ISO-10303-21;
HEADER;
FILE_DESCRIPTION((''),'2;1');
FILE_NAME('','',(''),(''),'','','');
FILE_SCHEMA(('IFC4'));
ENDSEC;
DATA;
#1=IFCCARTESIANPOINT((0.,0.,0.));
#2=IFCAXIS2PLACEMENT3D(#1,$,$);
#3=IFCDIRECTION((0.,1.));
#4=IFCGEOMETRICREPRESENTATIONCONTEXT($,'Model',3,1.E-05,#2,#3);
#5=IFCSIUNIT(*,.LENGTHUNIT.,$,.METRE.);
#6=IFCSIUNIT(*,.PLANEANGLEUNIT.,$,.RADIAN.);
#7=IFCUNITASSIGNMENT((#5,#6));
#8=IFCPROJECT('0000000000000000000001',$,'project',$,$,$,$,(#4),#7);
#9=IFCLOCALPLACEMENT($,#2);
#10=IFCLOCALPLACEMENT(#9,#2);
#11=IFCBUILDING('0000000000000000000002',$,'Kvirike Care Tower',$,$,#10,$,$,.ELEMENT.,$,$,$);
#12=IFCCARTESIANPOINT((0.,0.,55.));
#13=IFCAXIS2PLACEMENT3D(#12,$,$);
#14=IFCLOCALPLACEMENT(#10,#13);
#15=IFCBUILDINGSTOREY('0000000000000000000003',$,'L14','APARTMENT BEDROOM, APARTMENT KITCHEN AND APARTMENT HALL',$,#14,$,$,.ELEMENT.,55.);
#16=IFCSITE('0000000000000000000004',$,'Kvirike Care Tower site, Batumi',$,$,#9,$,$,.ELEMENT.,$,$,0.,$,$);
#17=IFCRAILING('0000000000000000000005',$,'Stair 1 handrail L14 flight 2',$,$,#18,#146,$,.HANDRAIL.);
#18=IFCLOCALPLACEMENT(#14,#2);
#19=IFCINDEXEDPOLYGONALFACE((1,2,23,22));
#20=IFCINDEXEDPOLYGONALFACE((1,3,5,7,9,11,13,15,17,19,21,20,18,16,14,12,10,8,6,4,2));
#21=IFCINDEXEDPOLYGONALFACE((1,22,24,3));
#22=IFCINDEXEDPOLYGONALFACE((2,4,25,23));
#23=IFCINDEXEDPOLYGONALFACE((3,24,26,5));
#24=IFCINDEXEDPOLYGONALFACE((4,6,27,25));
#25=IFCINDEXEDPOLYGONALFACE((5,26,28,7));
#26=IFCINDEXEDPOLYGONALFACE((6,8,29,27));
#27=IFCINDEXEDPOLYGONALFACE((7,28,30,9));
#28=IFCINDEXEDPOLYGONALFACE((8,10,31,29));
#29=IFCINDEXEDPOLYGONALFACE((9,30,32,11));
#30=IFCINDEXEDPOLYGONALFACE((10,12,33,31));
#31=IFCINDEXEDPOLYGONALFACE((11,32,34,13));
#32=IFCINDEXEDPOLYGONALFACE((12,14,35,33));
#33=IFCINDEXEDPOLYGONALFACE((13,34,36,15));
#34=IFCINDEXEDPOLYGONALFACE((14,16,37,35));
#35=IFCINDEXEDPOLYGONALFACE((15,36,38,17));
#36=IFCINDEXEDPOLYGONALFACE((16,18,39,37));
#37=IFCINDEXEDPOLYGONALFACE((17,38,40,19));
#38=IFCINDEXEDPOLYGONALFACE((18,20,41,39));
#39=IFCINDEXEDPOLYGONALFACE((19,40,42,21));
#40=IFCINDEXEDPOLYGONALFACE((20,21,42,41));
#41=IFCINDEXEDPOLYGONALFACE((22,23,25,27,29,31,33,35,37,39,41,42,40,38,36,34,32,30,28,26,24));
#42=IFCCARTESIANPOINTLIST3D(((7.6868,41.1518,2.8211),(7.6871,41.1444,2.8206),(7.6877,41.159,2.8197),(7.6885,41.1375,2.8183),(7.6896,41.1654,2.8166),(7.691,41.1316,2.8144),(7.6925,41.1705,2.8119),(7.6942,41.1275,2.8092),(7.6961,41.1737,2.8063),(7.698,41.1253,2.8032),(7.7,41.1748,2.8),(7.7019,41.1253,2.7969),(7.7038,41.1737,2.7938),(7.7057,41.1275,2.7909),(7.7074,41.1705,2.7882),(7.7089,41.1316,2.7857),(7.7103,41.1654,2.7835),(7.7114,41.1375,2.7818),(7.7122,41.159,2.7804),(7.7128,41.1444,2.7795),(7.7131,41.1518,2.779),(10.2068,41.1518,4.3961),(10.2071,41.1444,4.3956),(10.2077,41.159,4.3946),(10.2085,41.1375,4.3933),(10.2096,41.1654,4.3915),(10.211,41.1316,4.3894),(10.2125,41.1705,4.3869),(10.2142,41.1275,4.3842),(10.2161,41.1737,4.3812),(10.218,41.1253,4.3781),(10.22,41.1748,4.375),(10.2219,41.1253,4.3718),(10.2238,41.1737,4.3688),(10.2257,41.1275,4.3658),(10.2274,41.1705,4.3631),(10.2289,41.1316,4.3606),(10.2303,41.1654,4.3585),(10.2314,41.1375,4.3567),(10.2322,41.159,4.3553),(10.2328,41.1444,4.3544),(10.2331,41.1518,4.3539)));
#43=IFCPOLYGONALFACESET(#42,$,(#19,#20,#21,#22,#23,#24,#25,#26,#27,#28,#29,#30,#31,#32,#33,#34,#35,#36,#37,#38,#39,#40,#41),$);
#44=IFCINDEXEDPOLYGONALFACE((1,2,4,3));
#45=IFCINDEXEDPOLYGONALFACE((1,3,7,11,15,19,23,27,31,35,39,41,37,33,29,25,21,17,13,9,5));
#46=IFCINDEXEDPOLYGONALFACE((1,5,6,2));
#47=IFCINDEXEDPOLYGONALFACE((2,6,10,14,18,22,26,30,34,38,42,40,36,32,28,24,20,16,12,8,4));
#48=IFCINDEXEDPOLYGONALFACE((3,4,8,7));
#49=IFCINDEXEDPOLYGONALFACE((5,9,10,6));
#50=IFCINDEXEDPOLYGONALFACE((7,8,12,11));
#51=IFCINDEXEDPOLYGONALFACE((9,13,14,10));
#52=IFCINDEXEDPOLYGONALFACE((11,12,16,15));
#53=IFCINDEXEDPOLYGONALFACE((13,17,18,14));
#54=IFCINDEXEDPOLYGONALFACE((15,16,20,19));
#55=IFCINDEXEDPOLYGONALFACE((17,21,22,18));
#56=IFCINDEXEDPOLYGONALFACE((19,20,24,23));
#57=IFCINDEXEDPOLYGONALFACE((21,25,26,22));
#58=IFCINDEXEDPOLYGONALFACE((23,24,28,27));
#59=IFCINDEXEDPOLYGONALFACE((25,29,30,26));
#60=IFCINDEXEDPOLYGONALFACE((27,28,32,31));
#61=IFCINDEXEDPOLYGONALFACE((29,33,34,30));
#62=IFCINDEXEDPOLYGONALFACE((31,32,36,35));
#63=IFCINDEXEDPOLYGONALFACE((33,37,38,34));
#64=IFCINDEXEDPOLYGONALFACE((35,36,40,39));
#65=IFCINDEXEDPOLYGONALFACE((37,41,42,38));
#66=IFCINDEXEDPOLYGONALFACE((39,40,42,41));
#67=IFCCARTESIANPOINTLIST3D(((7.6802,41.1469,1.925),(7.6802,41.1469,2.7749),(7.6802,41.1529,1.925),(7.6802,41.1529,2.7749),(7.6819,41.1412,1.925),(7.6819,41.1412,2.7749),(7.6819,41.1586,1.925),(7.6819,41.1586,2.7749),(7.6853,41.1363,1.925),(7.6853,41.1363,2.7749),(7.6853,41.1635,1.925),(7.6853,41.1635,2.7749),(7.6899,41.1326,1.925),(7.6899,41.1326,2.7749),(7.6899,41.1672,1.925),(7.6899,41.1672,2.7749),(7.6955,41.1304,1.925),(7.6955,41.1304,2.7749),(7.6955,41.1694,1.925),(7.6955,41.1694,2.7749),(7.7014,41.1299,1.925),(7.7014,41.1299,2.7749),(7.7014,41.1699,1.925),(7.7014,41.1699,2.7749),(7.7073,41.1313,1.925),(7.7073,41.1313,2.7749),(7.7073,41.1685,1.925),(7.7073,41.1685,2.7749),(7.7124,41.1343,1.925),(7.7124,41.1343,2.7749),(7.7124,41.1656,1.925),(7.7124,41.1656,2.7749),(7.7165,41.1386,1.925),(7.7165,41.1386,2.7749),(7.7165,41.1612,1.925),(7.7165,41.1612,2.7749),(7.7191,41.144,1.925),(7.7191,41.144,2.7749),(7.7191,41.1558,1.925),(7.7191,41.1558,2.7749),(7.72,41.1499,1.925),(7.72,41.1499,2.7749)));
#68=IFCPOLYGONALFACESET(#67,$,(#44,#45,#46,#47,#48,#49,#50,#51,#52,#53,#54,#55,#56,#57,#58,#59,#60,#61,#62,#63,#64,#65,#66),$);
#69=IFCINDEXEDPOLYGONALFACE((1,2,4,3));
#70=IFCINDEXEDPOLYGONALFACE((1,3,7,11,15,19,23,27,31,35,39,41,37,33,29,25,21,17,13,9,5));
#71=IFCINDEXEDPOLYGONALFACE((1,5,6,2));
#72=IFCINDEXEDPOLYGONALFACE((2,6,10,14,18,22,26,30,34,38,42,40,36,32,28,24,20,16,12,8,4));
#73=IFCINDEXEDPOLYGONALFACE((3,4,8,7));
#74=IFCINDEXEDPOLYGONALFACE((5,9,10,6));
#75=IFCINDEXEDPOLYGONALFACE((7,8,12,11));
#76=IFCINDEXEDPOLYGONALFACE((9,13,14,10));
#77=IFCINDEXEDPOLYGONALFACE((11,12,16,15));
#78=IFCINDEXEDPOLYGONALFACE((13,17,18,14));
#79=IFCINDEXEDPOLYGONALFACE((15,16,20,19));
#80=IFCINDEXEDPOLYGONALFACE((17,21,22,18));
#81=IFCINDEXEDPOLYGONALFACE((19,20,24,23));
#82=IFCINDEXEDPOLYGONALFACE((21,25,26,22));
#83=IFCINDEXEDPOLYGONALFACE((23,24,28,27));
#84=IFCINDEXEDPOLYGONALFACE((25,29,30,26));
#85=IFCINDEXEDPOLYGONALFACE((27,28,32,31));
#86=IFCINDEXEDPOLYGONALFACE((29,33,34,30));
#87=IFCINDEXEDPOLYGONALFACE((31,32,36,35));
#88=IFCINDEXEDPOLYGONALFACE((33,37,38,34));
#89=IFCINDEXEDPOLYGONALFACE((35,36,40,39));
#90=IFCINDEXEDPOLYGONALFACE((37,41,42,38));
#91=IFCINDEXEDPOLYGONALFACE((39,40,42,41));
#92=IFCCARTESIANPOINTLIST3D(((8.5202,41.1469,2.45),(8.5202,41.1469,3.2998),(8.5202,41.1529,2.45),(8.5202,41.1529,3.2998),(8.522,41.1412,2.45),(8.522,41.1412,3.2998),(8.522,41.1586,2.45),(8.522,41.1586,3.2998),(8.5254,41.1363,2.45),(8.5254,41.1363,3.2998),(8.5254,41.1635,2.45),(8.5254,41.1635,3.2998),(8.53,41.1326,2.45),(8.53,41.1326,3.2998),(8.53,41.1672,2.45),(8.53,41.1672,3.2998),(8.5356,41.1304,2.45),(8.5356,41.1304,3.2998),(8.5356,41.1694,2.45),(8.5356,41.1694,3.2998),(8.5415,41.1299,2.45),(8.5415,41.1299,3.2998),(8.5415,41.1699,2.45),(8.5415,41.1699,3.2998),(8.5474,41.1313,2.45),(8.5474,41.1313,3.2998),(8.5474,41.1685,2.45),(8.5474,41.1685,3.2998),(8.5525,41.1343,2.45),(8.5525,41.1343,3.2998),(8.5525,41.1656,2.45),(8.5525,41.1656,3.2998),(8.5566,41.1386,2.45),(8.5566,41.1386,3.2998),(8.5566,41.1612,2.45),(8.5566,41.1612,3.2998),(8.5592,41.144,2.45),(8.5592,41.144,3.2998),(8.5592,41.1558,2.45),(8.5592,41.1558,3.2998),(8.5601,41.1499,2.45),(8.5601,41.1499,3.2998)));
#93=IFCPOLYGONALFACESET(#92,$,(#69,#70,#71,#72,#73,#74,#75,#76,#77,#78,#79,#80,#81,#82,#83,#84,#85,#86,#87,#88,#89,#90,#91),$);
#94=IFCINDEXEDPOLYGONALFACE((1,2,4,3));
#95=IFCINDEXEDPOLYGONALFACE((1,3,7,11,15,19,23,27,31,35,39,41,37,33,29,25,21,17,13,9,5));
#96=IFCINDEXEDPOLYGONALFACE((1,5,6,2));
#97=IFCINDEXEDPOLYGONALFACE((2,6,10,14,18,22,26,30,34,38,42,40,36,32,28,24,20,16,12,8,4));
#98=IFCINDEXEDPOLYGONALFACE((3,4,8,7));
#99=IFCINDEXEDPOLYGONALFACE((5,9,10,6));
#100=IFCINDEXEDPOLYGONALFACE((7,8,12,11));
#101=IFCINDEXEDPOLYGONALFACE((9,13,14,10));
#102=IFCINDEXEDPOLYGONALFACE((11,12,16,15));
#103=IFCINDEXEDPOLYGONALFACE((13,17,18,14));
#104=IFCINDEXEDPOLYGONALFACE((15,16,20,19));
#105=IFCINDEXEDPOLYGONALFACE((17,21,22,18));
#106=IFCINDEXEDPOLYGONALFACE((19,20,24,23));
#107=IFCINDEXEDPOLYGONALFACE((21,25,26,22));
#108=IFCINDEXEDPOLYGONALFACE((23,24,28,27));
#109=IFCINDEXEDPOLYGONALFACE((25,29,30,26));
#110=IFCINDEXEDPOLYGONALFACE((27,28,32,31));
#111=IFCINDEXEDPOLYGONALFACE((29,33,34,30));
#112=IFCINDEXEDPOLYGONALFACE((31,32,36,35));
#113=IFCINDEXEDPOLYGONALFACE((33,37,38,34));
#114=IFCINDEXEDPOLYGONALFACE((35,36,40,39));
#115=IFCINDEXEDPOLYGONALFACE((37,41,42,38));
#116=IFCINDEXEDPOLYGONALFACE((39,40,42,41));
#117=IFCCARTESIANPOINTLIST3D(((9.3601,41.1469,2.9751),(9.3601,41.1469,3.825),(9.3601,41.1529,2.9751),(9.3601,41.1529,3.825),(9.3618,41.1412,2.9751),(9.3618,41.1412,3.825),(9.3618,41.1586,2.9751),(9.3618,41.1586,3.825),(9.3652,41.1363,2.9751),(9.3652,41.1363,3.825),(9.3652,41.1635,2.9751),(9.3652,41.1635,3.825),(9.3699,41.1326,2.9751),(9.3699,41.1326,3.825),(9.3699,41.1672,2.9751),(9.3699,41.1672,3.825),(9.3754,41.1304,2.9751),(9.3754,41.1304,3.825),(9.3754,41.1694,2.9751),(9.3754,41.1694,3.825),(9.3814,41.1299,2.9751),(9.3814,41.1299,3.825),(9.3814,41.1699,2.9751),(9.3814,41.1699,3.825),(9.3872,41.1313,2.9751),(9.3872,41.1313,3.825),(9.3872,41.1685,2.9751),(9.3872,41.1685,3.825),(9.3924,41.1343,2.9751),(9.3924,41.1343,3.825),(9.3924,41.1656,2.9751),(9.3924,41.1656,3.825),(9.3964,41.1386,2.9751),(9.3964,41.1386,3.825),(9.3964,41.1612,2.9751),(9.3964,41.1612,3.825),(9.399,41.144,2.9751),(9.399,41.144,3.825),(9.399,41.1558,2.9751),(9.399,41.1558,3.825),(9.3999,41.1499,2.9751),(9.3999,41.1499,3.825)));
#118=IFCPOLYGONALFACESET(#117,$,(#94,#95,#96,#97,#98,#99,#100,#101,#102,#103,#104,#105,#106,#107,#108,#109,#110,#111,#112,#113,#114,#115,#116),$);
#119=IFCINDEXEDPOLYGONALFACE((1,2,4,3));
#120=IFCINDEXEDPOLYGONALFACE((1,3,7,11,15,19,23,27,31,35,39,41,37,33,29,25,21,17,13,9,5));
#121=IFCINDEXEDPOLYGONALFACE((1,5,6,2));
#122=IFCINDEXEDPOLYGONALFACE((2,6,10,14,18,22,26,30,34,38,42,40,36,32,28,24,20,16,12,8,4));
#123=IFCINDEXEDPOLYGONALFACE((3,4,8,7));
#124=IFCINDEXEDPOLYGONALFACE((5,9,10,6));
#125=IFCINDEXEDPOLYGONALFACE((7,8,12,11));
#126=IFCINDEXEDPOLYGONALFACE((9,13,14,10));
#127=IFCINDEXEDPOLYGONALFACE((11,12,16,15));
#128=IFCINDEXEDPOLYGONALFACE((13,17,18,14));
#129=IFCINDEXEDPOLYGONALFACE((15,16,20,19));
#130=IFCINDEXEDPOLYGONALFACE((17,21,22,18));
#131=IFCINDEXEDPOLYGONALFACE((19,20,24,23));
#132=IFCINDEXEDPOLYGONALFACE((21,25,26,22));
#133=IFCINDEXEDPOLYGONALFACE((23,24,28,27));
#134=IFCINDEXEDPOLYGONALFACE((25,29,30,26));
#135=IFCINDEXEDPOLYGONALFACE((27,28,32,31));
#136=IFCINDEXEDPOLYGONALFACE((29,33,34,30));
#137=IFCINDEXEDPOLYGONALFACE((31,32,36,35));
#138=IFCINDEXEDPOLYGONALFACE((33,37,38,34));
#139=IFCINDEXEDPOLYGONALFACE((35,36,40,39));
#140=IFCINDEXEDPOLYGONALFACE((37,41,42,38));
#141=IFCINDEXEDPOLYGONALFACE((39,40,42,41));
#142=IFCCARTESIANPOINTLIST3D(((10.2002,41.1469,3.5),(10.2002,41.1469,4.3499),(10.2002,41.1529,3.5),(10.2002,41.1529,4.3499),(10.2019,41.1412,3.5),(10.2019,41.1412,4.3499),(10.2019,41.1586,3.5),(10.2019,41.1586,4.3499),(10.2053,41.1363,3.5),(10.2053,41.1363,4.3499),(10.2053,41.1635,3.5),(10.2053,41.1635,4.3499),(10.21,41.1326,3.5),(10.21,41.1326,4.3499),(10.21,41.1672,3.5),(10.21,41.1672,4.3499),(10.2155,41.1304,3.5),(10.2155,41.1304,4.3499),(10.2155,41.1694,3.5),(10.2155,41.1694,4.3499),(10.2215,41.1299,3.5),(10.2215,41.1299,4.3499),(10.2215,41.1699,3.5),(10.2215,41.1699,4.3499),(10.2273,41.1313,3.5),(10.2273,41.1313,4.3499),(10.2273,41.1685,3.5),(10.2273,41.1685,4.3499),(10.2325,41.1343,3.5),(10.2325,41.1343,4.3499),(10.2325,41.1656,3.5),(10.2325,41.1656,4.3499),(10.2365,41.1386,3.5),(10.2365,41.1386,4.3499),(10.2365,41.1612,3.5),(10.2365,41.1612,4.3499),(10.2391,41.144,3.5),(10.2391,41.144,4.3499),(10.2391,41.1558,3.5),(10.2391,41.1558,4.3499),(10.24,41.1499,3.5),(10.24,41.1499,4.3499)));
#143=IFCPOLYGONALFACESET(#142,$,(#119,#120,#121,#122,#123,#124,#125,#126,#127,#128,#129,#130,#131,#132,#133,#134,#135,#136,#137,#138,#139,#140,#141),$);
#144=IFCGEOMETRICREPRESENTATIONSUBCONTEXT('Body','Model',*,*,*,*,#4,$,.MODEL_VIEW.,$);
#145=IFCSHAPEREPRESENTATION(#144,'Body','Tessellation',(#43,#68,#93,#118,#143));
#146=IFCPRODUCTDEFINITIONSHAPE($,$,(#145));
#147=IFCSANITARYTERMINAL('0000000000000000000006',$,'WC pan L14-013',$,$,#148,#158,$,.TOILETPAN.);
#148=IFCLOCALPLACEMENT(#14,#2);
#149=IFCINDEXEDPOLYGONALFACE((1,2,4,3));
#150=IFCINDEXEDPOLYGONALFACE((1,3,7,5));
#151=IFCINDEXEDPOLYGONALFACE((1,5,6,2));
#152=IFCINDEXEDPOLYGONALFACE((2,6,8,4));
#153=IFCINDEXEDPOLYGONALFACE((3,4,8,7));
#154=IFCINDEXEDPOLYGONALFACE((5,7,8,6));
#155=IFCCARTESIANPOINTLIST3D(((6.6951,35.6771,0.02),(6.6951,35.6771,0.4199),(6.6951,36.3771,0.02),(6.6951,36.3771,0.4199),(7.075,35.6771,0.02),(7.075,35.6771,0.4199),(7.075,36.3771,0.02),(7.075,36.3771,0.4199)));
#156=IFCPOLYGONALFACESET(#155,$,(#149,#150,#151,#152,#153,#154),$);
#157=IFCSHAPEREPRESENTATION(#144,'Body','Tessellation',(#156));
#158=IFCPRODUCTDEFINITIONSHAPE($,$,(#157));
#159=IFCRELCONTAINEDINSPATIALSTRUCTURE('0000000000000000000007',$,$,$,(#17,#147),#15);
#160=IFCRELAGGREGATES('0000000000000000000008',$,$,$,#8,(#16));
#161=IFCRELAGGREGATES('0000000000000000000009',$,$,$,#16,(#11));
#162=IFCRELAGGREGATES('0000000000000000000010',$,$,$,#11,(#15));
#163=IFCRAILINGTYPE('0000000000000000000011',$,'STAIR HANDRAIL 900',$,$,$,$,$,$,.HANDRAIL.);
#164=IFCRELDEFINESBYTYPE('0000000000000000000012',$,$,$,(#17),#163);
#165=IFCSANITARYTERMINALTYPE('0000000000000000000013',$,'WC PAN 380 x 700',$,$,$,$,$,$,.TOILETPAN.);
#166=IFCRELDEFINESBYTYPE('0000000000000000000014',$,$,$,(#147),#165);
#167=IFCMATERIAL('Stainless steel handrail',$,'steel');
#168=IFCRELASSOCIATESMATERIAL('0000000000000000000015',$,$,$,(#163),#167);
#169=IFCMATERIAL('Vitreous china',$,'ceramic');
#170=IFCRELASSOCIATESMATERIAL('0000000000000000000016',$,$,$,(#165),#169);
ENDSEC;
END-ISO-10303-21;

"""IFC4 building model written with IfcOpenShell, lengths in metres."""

from ifc_helpers import new_model, si_unit, direction, frame, origin, origin_2d, place, context, subcontext, project, spatial, rectangle, circle, extrude, material, type_object, element, save


model = new_model("IFC4")

# Units and contexts
model_context = context("Model", 3, precision=1e-05, world=origin(), true_north=direction((0.0, 1.0)))
body_context = subcontext(model_context, "Body", "Model", "MODEL_VIEW")
ifc_project = project(units=[si_unit("LENGTHUNIT", "METRE"), si_unit("PLANEANGLEUNIT", "RADIAN")], contexts=[model_context])

# Site, building, storey
site_placement = place(None, origin())
site = spatial("IfcSite", under=ifc_project, at=site_placement, Name="Kvirike Care Tower site, Batumi", CompositionType="ELEMENT", RefElevation=0.0)
building_placement = place(site_placement, origin())
building = spatial("IfcBuilding", under=site, at=building_placement, Name="Kvirike Care Tower", CompositionType="ELEMENT")
storey_placement = place(building_placement, frame((0.0, 0.0, 55.0)))
storey = spatial("IfcBuildingStorey", under=building, at=storey_placement, Name="L14", Description="APARTMENT BEDROOM, APARTMENT KITCHEN AND APARTMENT HALL", CompositionType="ELEMENT", Elevation=55.0)

# Railing
ifc_material_1 = material(Name="Stainless steel handrail", Category="steel")
railing_type = type_object("IfcRailingType", Name="STAIR HANDRAIL 900", PredefinedType="HANDRAIL", material=ifc_material_1)
railing_placement = place(storey_placement, frame((7.7, 41.1499, 1.925)))
element("IfcRailing", 1, at=railing_placement, inside=storey, type_object=railing_type, Name="Stair 1 handrail L14 flight 2", PredefinedType="HANDRAIL", context=body_context, shape_type="SweptSolid", body=[
    extrude(circle(Radius=0.0249, at=origin_2d()), frame((0.0, 0.0, 0.875), z_axis=(0.848008, 0.0, 0.529984), x_axis=(0.0, 1.0, 0.0)), (0.0, 0.0, 1.0), 2.9717),
    extrude(circle(Radius=0.02, at=origin_2d()), origin(), (0.0, 0.0, 1.0), 0.8499),
    extrude(circle(Radius=0.02, at=origin_2d()), frame((0.8401, 0.0, 0.5249)), (0.0, 0.0, 1.0), 0.8499),
    extrude(circle(Radius=0.02, at=origin_2d()), frame((1.6799, 0.0, 1.05)), (0.0, 0.0, 1.0), 0.8499),
    extrude(circle(Radius=0.02, at=origin_2d()), frame((2.52, 0.0, 1.575)), (0.0, 0.0, 1.0), 0.8499),
])

# Sanitary terminal
ifc_material_2 = material(Name="Vitreous china", Category="ceramic")
sanitary_terminal_type = type_object("IfcSanitaryTerminalType", Name="WC PAN 380 x 700", PredefinedType="TOILETPAN", material=ifc_material_2)
sanitary_terminal_placement = place(storey_placement, frame((6.885, 36.0271, 0.02), z_axis=(0.0, 0.0, 1.0), x_axis=(-1.0, 0.0, 0.0)))
element("IfcSanitaryTerminal", 2, at=sanitary_terminal_placement, inside=storey, type_object=sanitary_terminal_type, Name="WC pan L14-013", PredefinedType="TOILETPAN", context=body_context, shape_type="SweptSolid", body=[
    extrude(rectangle(XDim=0.3799, YDim=0.7, at=origin_2d()), origin(), (0.0, 0.0, 1.0), 0.3999),
])

save(model, "model.ifc")
